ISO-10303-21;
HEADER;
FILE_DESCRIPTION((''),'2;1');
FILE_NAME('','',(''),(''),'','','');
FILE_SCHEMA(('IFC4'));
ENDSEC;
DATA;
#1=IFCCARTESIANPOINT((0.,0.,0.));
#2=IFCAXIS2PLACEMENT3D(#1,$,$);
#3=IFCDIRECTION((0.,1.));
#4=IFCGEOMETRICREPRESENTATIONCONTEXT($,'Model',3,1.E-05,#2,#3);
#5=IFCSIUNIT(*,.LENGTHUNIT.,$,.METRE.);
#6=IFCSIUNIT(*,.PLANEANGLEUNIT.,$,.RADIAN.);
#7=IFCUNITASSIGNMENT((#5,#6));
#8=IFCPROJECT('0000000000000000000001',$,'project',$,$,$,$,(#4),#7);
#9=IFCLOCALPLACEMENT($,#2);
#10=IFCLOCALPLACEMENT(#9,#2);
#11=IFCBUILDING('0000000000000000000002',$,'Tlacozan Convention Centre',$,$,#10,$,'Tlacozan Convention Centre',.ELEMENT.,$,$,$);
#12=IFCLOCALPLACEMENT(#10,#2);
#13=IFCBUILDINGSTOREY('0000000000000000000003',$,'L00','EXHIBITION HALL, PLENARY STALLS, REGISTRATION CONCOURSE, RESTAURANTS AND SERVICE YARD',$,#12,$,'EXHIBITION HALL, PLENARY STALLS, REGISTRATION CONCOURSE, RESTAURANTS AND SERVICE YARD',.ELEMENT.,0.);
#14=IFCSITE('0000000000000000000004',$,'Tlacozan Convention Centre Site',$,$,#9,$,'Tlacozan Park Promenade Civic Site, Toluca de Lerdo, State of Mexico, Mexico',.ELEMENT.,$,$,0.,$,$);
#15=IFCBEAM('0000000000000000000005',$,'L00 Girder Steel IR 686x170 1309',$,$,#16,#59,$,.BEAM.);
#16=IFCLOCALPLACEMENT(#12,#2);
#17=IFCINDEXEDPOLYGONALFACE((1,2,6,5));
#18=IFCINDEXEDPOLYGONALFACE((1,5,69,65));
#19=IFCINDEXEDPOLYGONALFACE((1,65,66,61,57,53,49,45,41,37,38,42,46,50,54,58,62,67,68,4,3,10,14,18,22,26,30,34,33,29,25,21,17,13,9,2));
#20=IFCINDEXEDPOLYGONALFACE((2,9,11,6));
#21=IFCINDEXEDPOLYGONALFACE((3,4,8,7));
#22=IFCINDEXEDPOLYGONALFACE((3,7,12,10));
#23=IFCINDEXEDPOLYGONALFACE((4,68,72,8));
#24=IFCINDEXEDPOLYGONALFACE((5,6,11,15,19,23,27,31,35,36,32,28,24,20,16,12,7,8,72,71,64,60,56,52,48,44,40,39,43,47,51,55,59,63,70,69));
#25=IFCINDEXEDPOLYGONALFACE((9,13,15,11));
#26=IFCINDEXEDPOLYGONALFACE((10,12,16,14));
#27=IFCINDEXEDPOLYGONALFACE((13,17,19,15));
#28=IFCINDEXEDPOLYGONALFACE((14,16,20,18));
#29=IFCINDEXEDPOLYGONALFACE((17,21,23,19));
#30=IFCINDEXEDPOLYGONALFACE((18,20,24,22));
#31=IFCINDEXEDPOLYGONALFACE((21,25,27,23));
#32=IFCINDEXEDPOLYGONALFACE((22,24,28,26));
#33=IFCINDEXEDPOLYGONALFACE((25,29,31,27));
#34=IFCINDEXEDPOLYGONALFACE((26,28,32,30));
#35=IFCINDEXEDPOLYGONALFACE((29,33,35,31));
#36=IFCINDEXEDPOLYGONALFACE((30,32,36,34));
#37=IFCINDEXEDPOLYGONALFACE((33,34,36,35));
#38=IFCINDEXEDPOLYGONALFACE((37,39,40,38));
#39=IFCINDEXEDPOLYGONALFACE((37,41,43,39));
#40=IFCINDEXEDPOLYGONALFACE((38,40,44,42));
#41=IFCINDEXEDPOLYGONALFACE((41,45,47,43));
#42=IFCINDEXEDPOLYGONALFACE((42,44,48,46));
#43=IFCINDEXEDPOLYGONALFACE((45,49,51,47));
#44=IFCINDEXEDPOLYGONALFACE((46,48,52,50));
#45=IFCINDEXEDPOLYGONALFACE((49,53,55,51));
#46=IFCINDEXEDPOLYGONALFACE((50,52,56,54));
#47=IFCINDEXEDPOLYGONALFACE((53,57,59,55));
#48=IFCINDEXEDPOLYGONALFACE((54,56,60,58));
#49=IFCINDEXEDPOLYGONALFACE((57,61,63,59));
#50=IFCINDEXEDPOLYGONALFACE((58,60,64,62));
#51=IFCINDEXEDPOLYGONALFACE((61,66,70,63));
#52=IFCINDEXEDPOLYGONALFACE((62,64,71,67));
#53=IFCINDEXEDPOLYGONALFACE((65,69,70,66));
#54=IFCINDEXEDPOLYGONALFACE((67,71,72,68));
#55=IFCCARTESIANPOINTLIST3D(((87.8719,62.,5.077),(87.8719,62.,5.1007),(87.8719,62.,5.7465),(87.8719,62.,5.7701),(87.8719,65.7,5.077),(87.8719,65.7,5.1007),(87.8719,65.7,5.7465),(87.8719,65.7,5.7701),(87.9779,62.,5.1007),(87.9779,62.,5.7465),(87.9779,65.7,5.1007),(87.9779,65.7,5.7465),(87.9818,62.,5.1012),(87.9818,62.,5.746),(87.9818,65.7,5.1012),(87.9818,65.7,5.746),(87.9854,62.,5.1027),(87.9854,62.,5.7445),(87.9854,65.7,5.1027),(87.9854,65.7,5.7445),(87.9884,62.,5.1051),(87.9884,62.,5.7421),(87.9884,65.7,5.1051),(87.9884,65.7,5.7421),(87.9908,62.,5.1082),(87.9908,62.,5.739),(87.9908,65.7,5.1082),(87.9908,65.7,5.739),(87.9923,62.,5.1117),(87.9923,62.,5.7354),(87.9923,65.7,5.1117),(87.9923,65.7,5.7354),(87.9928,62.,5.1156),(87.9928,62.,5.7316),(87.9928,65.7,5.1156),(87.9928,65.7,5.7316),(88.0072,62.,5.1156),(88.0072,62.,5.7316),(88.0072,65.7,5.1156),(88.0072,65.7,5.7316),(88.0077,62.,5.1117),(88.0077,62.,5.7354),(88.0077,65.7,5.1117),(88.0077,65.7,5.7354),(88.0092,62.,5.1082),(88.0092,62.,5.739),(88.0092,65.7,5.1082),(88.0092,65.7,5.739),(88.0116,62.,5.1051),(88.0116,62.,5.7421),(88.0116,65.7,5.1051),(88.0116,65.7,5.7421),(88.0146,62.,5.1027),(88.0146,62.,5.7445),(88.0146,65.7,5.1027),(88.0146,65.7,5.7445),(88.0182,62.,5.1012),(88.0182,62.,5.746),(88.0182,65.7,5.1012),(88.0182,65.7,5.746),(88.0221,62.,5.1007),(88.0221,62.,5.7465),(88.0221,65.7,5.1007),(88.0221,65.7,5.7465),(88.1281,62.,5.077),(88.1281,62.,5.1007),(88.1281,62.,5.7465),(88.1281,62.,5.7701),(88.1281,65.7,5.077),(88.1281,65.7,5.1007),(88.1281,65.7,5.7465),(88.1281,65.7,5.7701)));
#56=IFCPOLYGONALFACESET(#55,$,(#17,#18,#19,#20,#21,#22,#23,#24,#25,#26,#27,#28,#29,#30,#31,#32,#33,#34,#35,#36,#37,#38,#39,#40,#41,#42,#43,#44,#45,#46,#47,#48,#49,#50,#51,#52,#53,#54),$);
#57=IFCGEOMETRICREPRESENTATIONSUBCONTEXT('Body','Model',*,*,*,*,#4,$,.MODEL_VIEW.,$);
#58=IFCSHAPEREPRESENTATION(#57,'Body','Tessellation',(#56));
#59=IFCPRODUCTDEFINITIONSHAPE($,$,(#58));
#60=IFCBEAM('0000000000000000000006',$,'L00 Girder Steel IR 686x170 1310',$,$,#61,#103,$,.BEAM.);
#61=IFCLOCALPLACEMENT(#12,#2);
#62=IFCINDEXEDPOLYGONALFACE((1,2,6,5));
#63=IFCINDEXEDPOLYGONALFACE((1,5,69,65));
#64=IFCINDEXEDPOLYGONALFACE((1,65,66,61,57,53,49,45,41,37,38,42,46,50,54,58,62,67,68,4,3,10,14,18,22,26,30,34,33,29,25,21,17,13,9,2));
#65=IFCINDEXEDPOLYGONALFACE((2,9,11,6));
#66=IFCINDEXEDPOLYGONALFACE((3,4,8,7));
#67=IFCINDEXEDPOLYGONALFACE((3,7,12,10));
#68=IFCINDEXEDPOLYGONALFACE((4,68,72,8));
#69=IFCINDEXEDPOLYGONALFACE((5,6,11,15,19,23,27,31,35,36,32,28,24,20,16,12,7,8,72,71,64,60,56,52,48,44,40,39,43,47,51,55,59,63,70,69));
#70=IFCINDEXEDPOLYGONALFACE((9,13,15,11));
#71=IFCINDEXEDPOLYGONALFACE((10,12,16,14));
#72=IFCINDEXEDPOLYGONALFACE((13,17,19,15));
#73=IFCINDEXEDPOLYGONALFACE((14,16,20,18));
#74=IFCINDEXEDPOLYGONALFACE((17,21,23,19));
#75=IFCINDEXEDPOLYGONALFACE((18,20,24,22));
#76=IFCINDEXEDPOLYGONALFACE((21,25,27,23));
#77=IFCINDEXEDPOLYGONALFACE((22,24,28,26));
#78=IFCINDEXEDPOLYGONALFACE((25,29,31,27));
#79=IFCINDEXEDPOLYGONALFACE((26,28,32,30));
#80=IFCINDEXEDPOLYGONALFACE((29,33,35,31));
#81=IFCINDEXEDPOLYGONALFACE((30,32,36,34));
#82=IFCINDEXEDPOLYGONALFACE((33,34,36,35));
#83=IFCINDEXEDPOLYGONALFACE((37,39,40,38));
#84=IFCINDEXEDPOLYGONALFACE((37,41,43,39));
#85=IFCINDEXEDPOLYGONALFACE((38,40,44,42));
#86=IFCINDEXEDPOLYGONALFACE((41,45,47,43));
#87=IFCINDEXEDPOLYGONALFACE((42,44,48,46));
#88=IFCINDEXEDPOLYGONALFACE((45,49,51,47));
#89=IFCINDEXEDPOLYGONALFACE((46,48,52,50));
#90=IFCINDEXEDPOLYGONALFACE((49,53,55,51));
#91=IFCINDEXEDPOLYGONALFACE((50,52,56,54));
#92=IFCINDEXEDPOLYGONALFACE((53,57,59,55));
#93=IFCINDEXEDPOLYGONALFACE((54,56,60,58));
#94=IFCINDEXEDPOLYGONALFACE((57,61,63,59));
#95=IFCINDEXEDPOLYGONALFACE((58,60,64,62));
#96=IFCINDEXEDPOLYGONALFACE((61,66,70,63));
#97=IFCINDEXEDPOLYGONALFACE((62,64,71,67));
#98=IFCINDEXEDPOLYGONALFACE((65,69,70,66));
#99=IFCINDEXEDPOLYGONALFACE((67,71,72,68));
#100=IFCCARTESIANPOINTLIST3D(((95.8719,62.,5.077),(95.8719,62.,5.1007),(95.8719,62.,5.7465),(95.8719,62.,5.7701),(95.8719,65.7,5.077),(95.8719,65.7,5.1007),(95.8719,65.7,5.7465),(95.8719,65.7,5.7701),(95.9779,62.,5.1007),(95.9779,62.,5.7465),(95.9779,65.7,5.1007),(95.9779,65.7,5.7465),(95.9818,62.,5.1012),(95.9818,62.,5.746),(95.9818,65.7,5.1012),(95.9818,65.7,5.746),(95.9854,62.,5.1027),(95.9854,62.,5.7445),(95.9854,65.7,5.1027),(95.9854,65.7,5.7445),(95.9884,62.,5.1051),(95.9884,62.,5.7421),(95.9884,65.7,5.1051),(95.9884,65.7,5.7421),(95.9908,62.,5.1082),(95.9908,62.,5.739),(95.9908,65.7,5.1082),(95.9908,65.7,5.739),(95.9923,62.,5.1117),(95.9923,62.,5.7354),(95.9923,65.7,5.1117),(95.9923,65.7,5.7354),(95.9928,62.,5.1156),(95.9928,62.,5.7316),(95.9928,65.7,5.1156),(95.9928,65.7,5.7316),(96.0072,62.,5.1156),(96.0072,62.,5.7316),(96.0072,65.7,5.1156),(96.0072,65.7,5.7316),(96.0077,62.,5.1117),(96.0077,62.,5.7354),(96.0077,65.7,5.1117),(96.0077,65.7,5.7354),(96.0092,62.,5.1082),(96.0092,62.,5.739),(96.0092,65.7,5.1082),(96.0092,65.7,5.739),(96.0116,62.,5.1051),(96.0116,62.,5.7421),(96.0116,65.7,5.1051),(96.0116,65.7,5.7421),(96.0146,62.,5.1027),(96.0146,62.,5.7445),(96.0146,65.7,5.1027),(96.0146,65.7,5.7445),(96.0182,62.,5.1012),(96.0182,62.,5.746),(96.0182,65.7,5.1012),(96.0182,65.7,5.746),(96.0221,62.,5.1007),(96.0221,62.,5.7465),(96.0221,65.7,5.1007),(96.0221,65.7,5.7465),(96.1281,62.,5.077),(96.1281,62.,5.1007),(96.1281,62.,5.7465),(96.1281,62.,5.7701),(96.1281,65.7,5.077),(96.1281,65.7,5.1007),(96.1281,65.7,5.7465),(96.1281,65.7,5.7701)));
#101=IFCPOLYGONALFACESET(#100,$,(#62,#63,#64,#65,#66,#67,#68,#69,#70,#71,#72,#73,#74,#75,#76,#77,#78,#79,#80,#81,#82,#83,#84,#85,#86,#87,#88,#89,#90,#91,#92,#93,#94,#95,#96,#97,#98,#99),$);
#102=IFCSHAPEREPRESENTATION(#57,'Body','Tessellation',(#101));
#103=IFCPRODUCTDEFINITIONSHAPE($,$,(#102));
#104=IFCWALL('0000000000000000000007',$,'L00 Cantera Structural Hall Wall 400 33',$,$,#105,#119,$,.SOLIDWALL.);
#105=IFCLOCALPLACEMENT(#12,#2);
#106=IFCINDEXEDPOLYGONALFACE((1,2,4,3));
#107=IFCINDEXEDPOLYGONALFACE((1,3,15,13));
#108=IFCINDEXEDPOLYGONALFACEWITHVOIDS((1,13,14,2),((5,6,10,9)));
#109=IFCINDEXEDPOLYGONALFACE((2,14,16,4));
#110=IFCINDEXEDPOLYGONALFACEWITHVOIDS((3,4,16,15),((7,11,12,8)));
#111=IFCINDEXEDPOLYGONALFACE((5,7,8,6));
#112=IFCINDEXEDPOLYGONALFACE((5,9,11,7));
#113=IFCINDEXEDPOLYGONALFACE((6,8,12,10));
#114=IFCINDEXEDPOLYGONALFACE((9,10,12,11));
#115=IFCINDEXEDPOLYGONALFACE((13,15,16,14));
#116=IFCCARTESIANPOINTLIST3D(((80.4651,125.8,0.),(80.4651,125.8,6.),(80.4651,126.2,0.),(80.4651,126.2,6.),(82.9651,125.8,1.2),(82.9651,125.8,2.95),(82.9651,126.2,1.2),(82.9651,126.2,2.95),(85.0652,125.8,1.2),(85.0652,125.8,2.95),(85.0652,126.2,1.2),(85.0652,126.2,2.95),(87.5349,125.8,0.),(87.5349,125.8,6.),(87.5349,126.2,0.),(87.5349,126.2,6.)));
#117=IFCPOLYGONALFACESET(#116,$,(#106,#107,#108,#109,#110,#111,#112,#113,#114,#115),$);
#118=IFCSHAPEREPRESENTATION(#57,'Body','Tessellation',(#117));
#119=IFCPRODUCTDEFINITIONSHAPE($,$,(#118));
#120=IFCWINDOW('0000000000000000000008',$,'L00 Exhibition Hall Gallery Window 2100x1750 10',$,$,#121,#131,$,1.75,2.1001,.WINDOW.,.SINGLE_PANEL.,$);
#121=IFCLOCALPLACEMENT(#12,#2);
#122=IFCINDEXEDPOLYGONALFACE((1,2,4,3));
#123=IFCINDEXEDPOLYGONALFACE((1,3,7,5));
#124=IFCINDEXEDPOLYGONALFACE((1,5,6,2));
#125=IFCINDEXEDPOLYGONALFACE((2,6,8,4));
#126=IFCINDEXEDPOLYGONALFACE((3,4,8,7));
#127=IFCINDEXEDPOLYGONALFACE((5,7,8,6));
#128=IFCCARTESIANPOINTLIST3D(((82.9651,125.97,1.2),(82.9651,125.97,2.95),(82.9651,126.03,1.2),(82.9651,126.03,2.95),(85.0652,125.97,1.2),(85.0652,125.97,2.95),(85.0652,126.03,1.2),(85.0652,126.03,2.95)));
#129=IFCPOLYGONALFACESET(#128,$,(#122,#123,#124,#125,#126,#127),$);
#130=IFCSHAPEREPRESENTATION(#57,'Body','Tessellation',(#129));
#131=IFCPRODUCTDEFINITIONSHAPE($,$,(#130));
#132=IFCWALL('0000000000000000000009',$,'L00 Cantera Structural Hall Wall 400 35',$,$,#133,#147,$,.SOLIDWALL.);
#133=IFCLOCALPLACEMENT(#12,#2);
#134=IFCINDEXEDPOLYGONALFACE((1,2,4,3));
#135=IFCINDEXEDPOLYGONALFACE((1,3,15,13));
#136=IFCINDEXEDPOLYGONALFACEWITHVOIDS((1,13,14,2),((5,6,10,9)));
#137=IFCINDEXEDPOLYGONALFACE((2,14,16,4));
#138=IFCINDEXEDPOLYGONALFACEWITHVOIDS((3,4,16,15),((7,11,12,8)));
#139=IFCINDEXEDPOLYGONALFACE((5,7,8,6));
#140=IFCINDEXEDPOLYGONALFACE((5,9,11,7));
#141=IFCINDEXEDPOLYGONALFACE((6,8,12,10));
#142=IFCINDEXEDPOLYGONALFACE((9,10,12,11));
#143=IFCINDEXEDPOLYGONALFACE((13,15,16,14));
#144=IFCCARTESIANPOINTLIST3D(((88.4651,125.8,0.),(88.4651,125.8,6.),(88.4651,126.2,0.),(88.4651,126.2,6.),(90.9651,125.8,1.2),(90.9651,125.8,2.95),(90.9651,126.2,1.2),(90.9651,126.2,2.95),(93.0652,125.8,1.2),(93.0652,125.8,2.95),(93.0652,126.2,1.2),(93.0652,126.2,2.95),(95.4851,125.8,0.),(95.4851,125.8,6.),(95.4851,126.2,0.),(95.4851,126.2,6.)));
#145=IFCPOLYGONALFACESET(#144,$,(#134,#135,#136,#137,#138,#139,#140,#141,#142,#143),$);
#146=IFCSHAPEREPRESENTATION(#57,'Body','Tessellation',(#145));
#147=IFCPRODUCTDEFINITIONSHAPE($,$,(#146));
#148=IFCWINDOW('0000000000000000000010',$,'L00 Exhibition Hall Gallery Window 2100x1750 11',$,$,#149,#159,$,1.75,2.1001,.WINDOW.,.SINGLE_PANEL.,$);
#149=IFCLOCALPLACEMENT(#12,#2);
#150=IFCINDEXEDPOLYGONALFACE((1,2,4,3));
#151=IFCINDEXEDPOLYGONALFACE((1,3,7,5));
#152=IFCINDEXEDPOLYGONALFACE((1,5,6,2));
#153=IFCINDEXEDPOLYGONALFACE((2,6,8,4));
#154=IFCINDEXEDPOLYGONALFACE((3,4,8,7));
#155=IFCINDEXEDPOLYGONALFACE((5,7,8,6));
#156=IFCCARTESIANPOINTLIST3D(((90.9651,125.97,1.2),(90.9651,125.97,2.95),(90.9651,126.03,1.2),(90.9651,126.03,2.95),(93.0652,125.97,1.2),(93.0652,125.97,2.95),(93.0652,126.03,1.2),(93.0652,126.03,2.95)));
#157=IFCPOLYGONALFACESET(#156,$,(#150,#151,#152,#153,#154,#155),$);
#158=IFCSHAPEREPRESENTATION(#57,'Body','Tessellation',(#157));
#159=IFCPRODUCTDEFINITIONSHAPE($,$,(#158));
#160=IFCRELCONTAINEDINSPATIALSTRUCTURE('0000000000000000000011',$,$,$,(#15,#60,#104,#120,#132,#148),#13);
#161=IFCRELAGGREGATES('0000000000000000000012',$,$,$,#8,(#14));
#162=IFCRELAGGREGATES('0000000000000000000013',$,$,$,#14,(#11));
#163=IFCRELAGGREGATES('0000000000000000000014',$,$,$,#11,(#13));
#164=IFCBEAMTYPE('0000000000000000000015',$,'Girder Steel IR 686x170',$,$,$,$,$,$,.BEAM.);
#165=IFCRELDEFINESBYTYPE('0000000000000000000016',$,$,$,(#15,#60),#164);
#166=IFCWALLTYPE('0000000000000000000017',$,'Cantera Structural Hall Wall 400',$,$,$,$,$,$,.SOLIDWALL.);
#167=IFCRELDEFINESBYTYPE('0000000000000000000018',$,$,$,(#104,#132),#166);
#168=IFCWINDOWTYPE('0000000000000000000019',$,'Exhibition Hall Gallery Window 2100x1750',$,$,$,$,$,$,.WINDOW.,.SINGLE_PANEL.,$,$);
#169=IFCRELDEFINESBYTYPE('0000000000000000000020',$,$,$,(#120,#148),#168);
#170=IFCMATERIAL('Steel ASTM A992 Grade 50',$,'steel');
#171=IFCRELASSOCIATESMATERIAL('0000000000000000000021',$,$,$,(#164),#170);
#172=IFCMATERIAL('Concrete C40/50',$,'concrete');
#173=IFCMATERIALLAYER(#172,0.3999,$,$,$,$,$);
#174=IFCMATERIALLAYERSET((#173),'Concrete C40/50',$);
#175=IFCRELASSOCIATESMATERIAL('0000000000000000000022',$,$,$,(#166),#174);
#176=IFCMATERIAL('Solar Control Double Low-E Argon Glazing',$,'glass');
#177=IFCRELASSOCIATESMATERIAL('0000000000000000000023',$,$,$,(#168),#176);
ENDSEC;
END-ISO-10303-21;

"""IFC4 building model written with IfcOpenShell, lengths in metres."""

from ifc_helpers import new_model, si_unit, direction, frame, frame_2d, origin, origin_2d, place, context, subcontext, project, spatial, rectangle, i_section, extrude, material, layer, layer_set, material_profile, profile_set, type_object, element, fill, save


model = new_model("IFC4")

# Units and contexts
model_context = context("Model", 3, precision=1e-05, world=origin(), true_north=direction((0.0, 1.0)))
body_context = subcontext(model_context, "Body", "Model", "MODEL_VIEW")
ifc_project = project(units=[si_unit("LENGTHUNIT", "METRE"), si_unit("PLANEANGLEUNIT", "RADIAN")], contexts=[model_context])

# Site, building, storey
site_placement = place(None, origin())
site = spatial("IfcSite", under=ifc_project, at=site_placement, Name="Tlacozan Convention Centre Site", LongName="Tlacozan Park Promenade Civic Site, Toluca de Lerdo, State of Mexico, Mexico", CompositionType="ELEMENT", RefElevation=0.0)
building_placement = place(site_placement, origin())
building = spatial("IfcBuilding", under=site, at=building_placement, Name="Tlacozan Convention Centre", LongName="Tlacozan Convention Centre", CompositionType="ELEMENT")
storey_placement = place(building_placement, origin())
storey = spatial("IfcBuildingStorey", under=building, at=storey_placement, Name="L00", Description="EXHIBITION HALL, PLENARY STALLS, REGISTRATION CONCOURSE, RESTAURANTS AND SERVICE YARD", LongName="EXHIBITION HALL, PLENARY STALLS, REGISTRATION CONCOURSE, RESTAURANTS AND SERVICE YARD", CompositionType="ELEMENT", Elevation=0.0)

# Shared definitions
ifc_material_1 = material(Name="Concrete C40/50", Category="concrete")

# Beams
ifc_material_2 = material(Name="Steel ASTM A992 Grade 50", Category="steel")
ifc_material_profile_1 = material_profile(ifc_material_2, i_section(OverallWidth=0.2561, OverallDepth=0.6931, WebThickness=0.0144, FlangeThickness=0.0237, FilletRadius=0.0149, at=origin_2d()), Name="IR 686x170.0")
ifc_profile_set_1 = profile_set([ifc_material_profile_1], Name="Steel ASTM A992 Grade 50")
beam_type_1 = type_object("IfcBeamType", Name="Girder Steel IR 686x170", PredefinedType="BEAM", material=ifc_profile_set_1)
for number, where, z_axis, x_axis, name in (
    (1, (88.0, 62.0, 5.4236), (0.0, 1.0, 0.0), (-1.0, 0.0, 0.0), "L00 Girder Steel IR 686x170 1309"),
    (2, (96.0, 62.0, 5.4236), (0.0, 1.0, 0.0), (-1.0, 0.0, 0.0), "L00 Girder Steel IR 686x170 1310"),
):
    element("IfcBeam", number, at=place(storey_placement, frame(where, z_axis=z_axis, x_axis=x_axis)), inside=storey, type_object=beam_type_1, Name=name, PredefinedType="BEAM", context=body_context, shape_type="SweptSolid", body=[
        extrude(i_section(OverallWidth=0.2561, OverallDepth=0.6931, WebThickness=0.0144, FlangeThickness=0.0237, FilletRadius=0.0149, at=origin_2d()), origin(), (0.0, 0.0, 1.0), 3.7),
    ])

# Shared definitions
ifc_layer_1 = layer(ifc_material_1, 0.3999)
ifc_layer_set_1 = layer_set([ifc_layer_1], Name="Concrete C40/50")
wall_type_1 = type_object("IfcWallType", Name="Cantera Structural Hall Wall 400", PredefinedType="SOLIDWALL", material=ifc_layer_set_1)

# Walls, openings, windows
wall_1_placement = place(storey_placement, frame((80.4651, 126.0, 0.0), z_axis=(0.0, 0.0, 1.0), x_axis=(1.0, 0.0, 0.0)))
wall_1 = element("IfcWall", 3, at=wall_1_placement, inside=storey, type_object=wall_type_1, Name="L00 Cantera Structural Hall Wall 400 33", PredefinedType="SOLIDWALL", context=body_context, shape_type="SweptSolid", body=[
    extrude(rectangle(XDim=7.0698, YDim=0.3999, at=frame_2d((3.5349, 0.0))), origin(), (0.0, 0.0, 1.0), 6.0),
])
opening_1_placement = place(wall_1_placement, frame((2.5, 0.0, 1.2)))
opening_1 = element("IfcOpeningElement", 4, at=opening_1_placement, cuts=wall_1, PredefinedType="OPENING", context=body_context, shape_type="SweptSolid", body=[
    extrude(rectangle(XDim=2.1001, YDim=1.75, at=frame_2d((1.05, 0.875))), frame((0.0, 0.21, 0.0), z_axis=(0.0, -1.0, 0.0), x_axis=(1.0, 0.0, 0.0)), (0.0, 0.0, 1.0), 0.4199),
])
ifc_material_3 = material(Name="Solar Control Double Low-E Argon Glazing", Category="glass")
window_type_1 = type_object("IfcWindowType", Name="Exhibition Hall Gallery Window 2100x1750", PartitioningType="SINGLE_PANEL", PredefinedType="WINDOW", material=ifc_material_3)
window_1_placement = place(opening_1_placement, origin())
window_1 = element("IfcWindow", 5, at=window_1_placement, inside=storey, type_object=window_type_1, Name="L00 Exhibition Hall Gallery Window 2100x1750 10", OverallHeight=1.75, OverallWidth=2.1001, PartitioningType="SINGLE_PANEL", PredefinedType="WINDOW", context=body_context, shape_type="SweptSolid", body=[
    extrude(rectangle(XDim=2.1001, YDim=1.75, at=frame_2d((1.05, 0.875))), frame((0.0, 0.03, 0.0), z_axis=(0.0, -1.0, 0.0), x_axis=(1.0, 0.0, 0.0)), (0.0, 0.0, 1.0), 0.0601),
])
fill(opening_1, window_1)
wall_2_placement = place(storey_placement, frame((88.4651, 126.0, 0.0), z_axis=(0.0, 0.0, 1.0), x_axis=(1.0, 0.0, 0.0)))
wall_2 = element("IfcWall", 6, at=wall_2_placement, inside=storey, type_object=wall_type_1, Name="L00 Cantera Structural Hall Wall 400 35", PredefinedType="SOLIDWALL", context=body_context, shape_type="SweptSolid", body=[
    extrude(rectangle(XDim=7.02, YDim=0.3999, at=frame_2d((3.51, 0.0))), origin(), (0.0, 0.0, 1.0), 6.0),
])
opening_2_placement = place(wall_2_placement, frame((2.5, 0.0, 1.2)))
opening_2 = element("IfcOpeningElement", 7, at=opening_2_placement, cuts=wall_2, PredefinedType="OPENING", context=body_context, shape_type="SweptSolid", body=[
    extrude(rectangle(XDim=2.1001, YDim=1.75, at=frame_2d((1.05, 0.875))), frame((0.0, 0.21, 0.0), z_axis=(0.0, -1.0, 0.0), x_axis=(1.0, 0.0, 0.0)), (0.0, 0.0, 1.0), 0.4199),
])
window_2_placement = place(opening_2_placement, origin())
window_2 = element("IfcWindow", 8, at=window_2_placement, inside=storey, type_object=window_type_1, Name="L00 Exhibition Hall Gallery Window 2100x1750 11", OverallHeight=1.75, OverallWidth=2.1001, PartitioningType="SINGLE_PANEL", PredefinedType="WINDOW", context=body_context, shape_type="SweptSolid", body=[
    extrude(rectangle(XDim=2.1001, YDim=1.75, at=frame_2d((1.05, 0.875))), frame((0.0, 0.03, 0.0), z_axis=(0.0, -1.0, 0.0), x_axis=(1.0, 0.0, 0.0)), (0.0, 0.0, 1.0), 0.0601),
])
fill(opening_2, window_2)

save(model, "model.ifc")
